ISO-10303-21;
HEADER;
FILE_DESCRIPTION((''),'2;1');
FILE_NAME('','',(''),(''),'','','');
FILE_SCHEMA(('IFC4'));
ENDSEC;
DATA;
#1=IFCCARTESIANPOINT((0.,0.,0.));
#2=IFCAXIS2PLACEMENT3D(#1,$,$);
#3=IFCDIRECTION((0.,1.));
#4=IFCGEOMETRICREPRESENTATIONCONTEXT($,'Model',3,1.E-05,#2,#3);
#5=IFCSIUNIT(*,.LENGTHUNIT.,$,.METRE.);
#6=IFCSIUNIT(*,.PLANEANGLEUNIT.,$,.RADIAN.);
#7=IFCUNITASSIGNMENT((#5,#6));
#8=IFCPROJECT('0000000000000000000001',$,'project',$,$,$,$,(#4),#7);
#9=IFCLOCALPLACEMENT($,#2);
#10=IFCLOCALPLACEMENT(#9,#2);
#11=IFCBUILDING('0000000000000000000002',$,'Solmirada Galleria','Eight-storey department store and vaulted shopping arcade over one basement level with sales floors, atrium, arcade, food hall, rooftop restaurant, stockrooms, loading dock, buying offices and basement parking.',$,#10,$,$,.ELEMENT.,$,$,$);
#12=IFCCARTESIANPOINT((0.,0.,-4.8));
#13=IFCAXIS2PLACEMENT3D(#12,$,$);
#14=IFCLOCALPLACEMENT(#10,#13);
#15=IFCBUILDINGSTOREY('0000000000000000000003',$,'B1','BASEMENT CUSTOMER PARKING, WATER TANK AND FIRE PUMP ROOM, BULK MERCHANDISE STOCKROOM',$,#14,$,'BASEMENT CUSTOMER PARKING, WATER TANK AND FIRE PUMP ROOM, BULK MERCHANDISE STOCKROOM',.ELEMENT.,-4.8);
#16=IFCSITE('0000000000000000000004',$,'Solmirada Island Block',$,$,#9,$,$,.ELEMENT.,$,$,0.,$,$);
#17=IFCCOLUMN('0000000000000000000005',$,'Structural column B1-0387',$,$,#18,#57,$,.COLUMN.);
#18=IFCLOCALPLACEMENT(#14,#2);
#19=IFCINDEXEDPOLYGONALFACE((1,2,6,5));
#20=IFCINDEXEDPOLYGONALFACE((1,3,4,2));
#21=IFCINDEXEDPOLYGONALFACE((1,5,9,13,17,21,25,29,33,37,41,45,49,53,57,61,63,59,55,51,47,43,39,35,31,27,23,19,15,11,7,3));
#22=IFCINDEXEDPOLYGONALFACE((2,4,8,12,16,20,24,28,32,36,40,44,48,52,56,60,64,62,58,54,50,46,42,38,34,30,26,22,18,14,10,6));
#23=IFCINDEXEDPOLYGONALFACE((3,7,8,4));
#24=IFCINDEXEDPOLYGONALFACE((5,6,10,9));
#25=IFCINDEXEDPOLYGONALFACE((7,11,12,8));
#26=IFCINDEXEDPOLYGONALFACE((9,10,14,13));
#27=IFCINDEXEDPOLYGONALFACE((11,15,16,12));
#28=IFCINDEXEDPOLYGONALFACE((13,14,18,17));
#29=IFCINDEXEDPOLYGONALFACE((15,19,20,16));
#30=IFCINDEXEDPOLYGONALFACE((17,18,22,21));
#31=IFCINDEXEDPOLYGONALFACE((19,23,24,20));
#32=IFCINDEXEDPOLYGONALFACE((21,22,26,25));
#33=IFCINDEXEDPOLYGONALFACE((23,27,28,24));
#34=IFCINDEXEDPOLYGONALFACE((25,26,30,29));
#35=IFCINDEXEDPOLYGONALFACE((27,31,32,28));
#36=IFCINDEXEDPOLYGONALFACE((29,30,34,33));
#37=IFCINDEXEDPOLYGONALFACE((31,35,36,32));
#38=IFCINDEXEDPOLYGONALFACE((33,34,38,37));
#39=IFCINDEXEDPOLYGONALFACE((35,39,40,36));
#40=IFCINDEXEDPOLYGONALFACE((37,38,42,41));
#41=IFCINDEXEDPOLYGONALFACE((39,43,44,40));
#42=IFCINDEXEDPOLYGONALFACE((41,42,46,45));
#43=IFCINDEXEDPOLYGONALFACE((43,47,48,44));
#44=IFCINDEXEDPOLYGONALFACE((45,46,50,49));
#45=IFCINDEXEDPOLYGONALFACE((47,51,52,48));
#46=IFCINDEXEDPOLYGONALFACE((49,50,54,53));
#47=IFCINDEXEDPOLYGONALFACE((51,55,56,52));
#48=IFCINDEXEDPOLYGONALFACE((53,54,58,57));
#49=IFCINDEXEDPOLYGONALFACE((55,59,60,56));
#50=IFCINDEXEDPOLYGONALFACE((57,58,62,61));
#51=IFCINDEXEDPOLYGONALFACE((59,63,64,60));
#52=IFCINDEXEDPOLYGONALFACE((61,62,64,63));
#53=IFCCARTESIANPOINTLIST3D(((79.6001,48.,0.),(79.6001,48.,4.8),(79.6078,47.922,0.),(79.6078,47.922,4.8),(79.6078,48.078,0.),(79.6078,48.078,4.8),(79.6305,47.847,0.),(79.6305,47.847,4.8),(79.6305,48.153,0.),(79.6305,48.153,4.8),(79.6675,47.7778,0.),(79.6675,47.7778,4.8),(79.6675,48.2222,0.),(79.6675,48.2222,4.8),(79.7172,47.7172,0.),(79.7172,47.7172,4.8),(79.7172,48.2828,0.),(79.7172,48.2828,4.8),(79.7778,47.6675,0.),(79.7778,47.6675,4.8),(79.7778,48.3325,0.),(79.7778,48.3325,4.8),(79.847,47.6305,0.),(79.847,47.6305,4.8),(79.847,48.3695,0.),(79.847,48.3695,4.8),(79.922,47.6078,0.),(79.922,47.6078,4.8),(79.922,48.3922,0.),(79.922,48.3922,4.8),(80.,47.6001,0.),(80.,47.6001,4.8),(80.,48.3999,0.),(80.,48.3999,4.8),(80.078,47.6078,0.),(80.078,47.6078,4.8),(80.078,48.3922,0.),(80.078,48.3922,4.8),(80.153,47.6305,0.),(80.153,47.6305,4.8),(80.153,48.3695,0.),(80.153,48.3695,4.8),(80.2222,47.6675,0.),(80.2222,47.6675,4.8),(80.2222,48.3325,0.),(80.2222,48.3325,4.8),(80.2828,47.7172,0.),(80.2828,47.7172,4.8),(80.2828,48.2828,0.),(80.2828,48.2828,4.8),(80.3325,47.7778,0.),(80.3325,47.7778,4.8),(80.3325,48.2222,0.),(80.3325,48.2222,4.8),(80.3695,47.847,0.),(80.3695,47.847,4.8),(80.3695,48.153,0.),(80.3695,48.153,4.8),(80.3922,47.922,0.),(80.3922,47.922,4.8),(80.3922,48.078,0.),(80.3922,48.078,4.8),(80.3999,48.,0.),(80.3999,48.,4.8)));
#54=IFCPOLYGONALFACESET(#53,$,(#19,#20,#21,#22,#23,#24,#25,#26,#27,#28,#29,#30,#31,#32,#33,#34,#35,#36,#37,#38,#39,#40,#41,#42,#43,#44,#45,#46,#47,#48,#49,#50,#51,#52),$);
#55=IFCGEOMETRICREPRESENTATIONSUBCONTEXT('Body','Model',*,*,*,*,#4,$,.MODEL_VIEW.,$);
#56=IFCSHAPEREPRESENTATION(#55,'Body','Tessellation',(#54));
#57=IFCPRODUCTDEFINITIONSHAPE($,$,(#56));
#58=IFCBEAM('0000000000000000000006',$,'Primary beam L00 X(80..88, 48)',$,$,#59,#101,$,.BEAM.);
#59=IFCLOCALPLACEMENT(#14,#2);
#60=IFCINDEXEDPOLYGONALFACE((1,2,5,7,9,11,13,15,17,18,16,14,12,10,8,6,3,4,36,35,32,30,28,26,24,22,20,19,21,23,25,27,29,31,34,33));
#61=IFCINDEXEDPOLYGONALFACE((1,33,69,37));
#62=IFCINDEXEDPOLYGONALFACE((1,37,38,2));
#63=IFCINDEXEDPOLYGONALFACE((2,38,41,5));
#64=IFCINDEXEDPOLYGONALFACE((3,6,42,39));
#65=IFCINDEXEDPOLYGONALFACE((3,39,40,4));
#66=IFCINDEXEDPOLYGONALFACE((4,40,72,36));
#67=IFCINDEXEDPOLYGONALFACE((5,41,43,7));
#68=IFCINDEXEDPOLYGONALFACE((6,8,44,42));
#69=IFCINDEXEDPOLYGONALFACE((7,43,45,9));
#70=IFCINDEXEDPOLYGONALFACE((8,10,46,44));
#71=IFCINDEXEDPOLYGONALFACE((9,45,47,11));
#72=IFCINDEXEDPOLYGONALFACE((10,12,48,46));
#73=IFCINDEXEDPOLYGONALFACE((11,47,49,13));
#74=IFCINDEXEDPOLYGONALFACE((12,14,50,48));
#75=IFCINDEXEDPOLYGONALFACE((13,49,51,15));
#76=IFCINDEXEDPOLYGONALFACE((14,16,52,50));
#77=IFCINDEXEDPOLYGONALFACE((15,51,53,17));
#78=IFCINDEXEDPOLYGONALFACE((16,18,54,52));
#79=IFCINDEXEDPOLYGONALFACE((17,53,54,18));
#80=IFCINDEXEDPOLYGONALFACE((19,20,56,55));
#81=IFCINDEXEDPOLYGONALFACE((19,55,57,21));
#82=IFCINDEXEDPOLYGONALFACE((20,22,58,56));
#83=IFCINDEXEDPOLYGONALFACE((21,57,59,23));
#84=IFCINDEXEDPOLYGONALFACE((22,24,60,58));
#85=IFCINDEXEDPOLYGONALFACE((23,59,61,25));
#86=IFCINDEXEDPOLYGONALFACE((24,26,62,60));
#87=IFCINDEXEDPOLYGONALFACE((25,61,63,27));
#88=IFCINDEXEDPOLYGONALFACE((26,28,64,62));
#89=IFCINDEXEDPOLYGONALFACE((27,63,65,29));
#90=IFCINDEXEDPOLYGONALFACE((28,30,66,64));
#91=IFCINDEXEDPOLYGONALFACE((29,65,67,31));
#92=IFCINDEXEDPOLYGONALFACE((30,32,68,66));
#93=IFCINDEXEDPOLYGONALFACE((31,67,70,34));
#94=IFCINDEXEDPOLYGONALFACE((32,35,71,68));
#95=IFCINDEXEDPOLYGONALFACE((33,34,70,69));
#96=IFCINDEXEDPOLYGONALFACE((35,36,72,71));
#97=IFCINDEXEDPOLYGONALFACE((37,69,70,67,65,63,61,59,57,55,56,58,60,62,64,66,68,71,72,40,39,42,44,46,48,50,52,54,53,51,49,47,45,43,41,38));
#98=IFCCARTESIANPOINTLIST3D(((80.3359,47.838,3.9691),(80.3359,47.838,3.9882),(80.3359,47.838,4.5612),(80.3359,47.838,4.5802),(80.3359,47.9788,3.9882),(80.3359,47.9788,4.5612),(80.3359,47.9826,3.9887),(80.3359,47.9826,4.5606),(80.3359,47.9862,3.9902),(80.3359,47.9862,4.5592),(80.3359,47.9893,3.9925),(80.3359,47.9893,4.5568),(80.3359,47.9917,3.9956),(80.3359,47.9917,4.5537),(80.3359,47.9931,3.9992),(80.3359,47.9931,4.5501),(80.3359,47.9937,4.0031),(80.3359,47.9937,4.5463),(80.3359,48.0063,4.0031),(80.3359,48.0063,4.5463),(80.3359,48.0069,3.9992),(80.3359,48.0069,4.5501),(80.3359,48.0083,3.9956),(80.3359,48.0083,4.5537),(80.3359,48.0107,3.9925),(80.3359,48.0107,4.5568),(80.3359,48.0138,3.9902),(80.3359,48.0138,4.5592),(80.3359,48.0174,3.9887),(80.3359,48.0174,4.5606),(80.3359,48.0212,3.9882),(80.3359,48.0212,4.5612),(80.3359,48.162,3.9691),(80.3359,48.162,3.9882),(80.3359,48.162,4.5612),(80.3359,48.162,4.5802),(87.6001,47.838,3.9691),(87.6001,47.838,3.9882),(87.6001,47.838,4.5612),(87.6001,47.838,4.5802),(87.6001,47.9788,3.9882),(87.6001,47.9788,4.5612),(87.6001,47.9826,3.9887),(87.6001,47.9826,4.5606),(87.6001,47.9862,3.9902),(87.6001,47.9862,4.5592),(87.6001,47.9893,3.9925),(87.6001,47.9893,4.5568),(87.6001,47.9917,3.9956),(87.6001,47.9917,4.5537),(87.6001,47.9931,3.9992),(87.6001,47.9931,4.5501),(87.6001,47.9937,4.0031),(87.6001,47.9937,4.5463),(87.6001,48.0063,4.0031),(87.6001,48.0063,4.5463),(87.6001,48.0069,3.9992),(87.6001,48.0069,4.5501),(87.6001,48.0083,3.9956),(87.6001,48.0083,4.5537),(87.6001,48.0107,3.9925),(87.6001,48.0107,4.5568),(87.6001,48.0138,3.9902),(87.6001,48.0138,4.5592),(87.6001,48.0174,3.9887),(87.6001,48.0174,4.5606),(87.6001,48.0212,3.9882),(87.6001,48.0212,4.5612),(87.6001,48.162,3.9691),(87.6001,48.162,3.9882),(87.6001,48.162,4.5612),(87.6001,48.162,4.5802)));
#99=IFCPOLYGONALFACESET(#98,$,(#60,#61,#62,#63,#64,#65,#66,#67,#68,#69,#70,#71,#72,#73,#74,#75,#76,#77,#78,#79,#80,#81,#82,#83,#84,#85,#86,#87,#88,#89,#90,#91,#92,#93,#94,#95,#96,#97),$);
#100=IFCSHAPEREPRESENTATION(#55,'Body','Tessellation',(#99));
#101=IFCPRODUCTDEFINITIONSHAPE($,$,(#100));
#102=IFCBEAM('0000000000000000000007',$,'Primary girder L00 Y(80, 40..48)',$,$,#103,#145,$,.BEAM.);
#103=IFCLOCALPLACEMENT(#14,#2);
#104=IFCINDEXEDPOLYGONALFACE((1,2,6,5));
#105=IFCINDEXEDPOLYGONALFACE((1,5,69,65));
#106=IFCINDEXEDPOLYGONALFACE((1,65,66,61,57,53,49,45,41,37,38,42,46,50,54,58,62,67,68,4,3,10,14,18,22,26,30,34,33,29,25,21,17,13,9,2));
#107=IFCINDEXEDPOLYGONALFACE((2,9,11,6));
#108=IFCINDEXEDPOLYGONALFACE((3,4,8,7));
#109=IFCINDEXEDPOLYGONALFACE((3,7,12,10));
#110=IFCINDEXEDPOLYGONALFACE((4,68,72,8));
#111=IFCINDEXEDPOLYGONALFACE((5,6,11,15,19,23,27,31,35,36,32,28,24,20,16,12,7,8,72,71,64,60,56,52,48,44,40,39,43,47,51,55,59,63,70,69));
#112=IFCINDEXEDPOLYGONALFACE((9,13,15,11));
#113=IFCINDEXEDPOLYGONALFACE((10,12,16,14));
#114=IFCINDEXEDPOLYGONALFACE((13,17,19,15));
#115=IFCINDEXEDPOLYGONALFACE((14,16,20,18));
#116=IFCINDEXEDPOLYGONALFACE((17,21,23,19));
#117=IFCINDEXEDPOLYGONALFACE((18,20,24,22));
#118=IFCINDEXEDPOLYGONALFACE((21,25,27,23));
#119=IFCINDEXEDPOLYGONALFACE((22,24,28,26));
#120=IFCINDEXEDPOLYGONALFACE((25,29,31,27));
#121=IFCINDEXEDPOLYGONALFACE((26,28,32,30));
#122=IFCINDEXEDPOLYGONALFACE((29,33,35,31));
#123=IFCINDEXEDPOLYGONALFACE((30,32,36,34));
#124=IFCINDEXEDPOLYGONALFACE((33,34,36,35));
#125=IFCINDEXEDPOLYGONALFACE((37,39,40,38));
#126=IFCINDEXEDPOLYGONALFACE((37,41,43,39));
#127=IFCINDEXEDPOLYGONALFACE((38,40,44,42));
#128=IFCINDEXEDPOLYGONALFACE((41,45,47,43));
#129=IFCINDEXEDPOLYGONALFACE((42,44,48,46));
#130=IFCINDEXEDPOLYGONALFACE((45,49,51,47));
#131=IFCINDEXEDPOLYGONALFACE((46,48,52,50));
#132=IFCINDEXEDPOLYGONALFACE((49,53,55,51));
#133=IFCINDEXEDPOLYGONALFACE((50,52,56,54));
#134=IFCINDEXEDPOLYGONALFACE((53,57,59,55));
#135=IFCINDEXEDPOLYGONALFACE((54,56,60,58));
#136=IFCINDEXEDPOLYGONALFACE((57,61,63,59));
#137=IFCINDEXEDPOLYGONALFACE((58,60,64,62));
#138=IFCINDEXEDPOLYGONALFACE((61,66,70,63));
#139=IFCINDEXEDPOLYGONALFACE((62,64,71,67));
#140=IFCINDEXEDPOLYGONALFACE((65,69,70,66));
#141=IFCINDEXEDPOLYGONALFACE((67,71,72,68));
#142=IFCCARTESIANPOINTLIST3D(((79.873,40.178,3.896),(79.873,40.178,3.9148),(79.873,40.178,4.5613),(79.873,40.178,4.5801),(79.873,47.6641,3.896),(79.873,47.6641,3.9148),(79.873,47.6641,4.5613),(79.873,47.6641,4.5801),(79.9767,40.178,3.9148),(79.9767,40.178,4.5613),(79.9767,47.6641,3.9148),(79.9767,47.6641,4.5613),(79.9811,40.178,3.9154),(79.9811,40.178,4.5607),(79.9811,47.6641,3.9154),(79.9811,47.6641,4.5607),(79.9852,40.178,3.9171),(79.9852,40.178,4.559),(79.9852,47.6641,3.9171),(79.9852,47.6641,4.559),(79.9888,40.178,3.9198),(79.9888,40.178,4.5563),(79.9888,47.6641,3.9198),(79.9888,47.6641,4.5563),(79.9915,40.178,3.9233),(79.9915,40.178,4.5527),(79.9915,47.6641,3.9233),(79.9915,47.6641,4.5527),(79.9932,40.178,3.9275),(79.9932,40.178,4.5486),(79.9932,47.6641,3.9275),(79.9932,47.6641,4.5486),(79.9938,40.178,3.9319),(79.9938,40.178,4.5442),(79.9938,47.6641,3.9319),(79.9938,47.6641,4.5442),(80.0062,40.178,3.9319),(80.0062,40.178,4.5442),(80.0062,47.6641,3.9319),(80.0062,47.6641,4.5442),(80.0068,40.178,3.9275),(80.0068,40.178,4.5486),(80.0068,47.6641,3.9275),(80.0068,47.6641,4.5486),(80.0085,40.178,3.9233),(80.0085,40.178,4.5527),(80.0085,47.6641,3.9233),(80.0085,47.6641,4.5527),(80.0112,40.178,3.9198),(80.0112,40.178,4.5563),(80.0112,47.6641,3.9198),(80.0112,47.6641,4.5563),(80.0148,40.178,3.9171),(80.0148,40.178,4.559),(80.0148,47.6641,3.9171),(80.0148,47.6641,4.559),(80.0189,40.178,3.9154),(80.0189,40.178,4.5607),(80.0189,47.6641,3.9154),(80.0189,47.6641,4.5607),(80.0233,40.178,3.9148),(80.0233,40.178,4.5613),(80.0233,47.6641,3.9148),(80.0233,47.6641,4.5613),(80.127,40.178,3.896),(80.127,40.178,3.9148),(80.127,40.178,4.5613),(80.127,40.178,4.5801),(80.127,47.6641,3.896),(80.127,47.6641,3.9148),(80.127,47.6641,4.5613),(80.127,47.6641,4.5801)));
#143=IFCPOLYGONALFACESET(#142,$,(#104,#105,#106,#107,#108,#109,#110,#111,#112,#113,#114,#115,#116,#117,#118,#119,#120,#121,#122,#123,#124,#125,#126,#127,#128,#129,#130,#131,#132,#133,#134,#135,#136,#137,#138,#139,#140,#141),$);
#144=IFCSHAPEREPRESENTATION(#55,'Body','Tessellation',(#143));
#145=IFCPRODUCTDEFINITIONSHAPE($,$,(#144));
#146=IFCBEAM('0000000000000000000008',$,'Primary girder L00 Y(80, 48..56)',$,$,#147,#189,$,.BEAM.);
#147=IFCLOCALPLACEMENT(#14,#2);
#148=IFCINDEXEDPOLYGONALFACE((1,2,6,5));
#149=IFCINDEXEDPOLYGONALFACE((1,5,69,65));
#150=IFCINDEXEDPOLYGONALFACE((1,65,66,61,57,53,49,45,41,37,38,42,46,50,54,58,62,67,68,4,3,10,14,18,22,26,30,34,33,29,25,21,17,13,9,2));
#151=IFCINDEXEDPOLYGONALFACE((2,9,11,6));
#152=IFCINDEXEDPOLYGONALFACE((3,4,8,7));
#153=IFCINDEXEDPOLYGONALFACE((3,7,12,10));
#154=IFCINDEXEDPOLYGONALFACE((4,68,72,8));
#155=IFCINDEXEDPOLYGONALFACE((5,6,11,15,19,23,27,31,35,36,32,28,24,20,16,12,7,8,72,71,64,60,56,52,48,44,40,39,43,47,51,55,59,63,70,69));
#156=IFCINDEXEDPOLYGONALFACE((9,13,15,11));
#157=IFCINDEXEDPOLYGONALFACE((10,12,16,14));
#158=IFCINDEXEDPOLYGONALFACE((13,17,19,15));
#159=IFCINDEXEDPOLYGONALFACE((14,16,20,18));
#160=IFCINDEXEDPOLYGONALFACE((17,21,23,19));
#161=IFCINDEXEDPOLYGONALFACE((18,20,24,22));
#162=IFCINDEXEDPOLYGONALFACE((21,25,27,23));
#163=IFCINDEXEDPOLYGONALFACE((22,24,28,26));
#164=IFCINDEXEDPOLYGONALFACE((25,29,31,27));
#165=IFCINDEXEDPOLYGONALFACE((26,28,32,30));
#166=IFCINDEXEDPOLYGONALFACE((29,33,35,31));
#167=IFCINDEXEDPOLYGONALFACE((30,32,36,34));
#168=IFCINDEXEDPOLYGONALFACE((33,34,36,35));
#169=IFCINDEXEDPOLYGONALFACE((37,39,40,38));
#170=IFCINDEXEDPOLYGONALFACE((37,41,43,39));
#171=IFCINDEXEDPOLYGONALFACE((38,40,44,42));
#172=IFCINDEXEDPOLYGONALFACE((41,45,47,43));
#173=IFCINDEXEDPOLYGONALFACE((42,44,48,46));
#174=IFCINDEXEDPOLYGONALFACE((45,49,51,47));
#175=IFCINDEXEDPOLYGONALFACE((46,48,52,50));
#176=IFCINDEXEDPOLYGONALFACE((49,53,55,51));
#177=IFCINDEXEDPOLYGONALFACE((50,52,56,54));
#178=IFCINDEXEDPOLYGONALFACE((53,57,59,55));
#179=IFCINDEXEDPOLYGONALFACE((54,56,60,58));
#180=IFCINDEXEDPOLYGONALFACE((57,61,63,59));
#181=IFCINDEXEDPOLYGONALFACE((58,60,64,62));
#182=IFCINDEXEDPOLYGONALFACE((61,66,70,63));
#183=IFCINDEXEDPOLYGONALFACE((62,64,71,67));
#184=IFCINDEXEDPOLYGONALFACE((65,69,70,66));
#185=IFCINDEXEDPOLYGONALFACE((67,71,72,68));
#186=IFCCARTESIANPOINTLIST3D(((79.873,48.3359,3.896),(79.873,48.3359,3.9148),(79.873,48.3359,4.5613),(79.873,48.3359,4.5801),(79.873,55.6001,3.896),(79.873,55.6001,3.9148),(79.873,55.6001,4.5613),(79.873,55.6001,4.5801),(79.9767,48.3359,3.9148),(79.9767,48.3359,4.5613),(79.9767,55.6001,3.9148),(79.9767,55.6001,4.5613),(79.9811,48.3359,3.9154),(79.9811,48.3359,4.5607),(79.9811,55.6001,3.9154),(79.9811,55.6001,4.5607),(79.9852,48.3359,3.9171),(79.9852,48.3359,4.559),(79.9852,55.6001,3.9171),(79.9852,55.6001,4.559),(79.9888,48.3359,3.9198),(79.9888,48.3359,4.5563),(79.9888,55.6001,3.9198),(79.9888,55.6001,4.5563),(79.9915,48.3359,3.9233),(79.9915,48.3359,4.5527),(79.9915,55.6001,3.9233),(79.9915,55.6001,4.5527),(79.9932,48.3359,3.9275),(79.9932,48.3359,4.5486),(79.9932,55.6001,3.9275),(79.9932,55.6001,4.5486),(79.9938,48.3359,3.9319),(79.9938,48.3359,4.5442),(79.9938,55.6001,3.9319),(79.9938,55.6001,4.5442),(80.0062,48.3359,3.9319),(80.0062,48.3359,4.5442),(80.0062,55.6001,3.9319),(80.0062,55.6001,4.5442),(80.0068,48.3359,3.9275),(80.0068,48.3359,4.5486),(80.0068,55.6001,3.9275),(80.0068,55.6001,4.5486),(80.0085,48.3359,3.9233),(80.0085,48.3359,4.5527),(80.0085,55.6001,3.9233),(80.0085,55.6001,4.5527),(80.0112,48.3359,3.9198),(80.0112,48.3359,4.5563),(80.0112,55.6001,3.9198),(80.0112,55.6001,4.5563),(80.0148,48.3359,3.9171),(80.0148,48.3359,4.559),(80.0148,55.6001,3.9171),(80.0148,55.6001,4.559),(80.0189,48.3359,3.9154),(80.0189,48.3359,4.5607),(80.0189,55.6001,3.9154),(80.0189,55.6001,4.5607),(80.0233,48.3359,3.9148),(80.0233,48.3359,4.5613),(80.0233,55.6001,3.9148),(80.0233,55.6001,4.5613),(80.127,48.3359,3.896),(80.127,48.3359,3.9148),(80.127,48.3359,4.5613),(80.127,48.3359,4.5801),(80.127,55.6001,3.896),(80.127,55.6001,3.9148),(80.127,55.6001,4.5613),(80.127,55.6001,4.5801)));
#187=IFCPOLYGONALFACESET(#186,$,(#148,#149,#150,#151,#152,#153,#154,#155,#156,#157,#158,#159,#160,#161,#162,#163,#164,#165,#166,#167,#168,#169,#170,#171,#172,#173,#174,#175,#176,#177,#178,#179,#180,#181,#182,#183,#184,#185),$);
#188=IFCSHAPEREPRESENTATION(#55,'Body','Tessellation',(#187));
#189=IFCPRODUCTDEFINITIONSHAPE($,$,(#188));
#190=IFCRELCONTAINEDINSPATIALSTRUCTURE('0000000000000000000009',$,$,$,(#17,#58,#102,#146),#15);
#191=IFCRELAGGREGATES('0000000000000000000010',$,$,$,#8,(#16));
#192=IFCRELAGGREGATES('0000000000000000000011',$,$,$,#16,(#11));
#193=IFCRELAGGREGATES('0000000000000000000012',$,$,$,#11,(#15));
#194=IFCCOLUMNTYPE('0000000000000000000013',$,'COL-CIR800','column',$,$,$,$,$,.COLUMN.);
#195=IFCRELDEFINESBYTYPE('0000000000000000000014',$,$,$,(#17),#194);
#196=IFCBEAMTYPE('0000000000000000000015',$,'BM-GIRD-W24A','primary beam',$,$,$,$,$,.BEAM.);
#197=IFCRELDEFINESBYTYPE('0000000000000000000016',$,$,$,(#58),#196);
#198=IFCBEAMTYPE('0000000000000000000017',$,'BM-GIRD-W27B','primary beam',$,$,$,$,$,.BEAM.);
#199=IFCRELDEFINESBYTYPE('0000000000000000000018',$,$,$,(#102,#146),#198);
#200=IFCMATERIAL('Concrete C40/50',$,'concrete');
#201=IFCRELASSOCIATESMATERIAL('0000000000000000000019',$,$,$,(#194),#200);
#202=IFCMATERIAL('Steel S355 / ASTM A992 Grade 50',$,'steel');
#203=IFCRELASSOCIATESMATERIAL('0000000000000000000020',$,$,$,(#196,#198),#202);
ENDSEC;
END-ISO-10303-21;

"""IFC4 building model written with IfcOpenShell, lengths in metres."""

from ifc_helpers import new_model, si_unit, direction, frame, origin, origin_2d, place, context, subcontext, project, spatial, circle, i_section, extrude, material, material_profile, profile_set, type_object, element, save


model = new_model("IFC4")

# Units and contexts
model_context = context("Model", 3, precision=1e-05, world=origin(), true_north=direction((0.0, 1.0)))
body_context = subcontext(model_context, "Body", "Model", "MODEL_VIEW")
ifc_project = project(units=[si_unit("LENGTHUNIT", "METRE"), si_unit("PLANEANGLEUNIT", "RADIAN")], contexts=[model_context])

# Site, building, storey
site_placement = place(None, origin())
site = spatial("IfcSite", under=ifc_project, at=site_placement, Name="Solmirada Island Block", CompositionType="ELEMENT", RefElevation=0.0)
building_placement = place(site_placement, origin())
building = spatial("IfcBuilding", under=site, at=building_placement, Name="Solmirada Galleria", Description="Eight-storey department store and vaulted shopping arcade over one basement level with sales floors, atrium, arcade, food hall, rooftop restaurant, stockrooms, loading dock, buying offices and basement parking.", CompositionType="ELEMENT")
storey_placement = place(building_placement, frame((0.0, 0.0, -4.8)))
storey = spatial("IfcBuildingStorey", under=building, at=storey_placement, Name="B1", Description="BASEMENT CUSTOMER PARKING, WATER TANK AND FIRE PUMP ROOM, BULK MERCHANDISE STOCKROOM", LongName="BASEMENT CUSTOMER PARKING, WATER TANK AND FIRE PUMP ROOM, BULK MERCHANDISE STOCKROOM", CompositionType="ELEMENT", Elevation=-4.8)

# Shared definitions
ifc_material_1 = material(Name="Concrete C40/50", Category="concrete")

# Column
ifc_material_profile_1 = material_profile(ifc_material_1, circle(Radius=0.3999, at=origin_2d()), Name="RCCOL800")
ifc_profile_set_1 = profile_set([ifc_material_profile_1], Name="Concrete C40/50")
column_type = type_object("IfcColumnType", Name="COL-CIR800", Description="column", PredefinedType="COLUMN", material=ifc_profile_set_1)
column_placement = place(storey_placement, frame((80.0, 48.0, 0.0), z_axis=(0.0, 0.0, 1.0), x_axis=(1.0, 0.0, 0.0)))
element("IfcColumn", 1, at=column_placement, inside=storey, type_object=column_type, Name="Structural column B1-0387", PredefinedType="COLUMN", context=body_context, shape_type="SweptSolid", body=[
    extrude(circle(Radius=0.3999, at=origin_2d()), origin(), (0.0, 0.0, 1.0), 4.8),
])

# Beams
ifc_material_2 = material(Name="Steel S355 / ASTM A992 Grade 50", Category="steel")
ifc_material_profile_2 = material_profile(ifc_material_2, i_section(OverallWidth=0.324, OverallDepth=0.6111, WebThickness=0.0127, FlangeThickness=0.019, FilletRadius=0.0149, at=origin_2d()), Name="W24X104")
ifc_profile_set_2 = profile_set([ifc_material_profile_2], Name="Steel S355 / ASTM A992 Grade 50")
beam_type_1 = type_object("IfcBeamType", Name="BM-GIRD-W24A", Description="primary beam", PredefinedType="BEAM", material=ifc_profile_set_2)
beam_1_placement = place(storey_placement, frame((80.3359, 48.0, 4.2747), z_axis=(1.0, 0.0, 0.0), x_axis=(0.0, 1.0, 0.0)))
element("IfcBeam", 2, at=beam_1_placement, inside=storey, type_object=beam_type_1, Name="Primary beam L00 X(80..88, 48)", PredefinedType="BEAM", context=body_context, shape_type="SweptSolid", body=[
    extrude(i_section(OverallWidth=0.324, OverallDepth=0.6111, WebThickness=0.0127, FlangeThickness=0.019, FilletRadius=0.0149, at=origin_2d()), origin(), (0.0, 0.0, 1.0), 7.2642),
])
ifc_material_profile_3 = material_profile(ifc_material_2, i_section(OverallWidth=0.2539, OverallDepth=0.6841, WebThickness=0.0125, FlangeThickness=0.0188, FilletRadius=0.0171, at=origin_2d()), Name="W27X94")
ifc_profile_set_3 = profile_set([ifc_material_profile_3], Name="Steel S355 / ASTM A992 Grade 50")
beam_type_2 = type_object("IfcBeamType", Name="BM-GIRD-W27B", Description="primary beam", PredefinedType="BEAM", material=ifc_profile_set_3)
beam_2_placement = place(storey_placement, frame((80.0, 40.178, 4.238), z_axis=(0.0, 1.0, 0.0), x_axis=(-1.0, 0.0, 0.0)))
element("IfcBeam", 3, at=beam_2_placement, inside=storey, type_object=beam_type_2, Name="Primary girder L00 Y(80, 40..48)", PredefinedType="BEAM", context=body_context, shape_type="SweptSolid", body=[
    extrude(i_section(OverallWidth=0.2539, OverallDepth=0.6841, WebThickness=0.0125, FlangeThickness=0.0188, FilletRadius=0.0171, at=origin_2d()), origin(), (0.0, 0.0, 1.0), 7.4861),
])
beam_3_placement = place(storey_placement, frame((80.0, 48.3359, 4.238), z_axis=(0.0, 1.0, 0.0), x_axis=(-1.0, 0.0, 0.0)))
element("IfcBeam", 4, at=beam_3_placement, inside=storey, type_object=beam_type_2, Name="Primary girder L00 Y(80, 48..56)", PredefinedType="BEAM", context=body_context, shape_type="SweptSolid", body=[
    extrude(i_section(OverallWidth=0.2539, OverallDepth=0.6841, WebThickness=0.0125, FlangeThickness=0.0188, FilletRadius=0.0171, at=origin_2d()), origin(), (0.0, 0.0, 1.0), 7.2642),
])

save(model, "model.ifc")
